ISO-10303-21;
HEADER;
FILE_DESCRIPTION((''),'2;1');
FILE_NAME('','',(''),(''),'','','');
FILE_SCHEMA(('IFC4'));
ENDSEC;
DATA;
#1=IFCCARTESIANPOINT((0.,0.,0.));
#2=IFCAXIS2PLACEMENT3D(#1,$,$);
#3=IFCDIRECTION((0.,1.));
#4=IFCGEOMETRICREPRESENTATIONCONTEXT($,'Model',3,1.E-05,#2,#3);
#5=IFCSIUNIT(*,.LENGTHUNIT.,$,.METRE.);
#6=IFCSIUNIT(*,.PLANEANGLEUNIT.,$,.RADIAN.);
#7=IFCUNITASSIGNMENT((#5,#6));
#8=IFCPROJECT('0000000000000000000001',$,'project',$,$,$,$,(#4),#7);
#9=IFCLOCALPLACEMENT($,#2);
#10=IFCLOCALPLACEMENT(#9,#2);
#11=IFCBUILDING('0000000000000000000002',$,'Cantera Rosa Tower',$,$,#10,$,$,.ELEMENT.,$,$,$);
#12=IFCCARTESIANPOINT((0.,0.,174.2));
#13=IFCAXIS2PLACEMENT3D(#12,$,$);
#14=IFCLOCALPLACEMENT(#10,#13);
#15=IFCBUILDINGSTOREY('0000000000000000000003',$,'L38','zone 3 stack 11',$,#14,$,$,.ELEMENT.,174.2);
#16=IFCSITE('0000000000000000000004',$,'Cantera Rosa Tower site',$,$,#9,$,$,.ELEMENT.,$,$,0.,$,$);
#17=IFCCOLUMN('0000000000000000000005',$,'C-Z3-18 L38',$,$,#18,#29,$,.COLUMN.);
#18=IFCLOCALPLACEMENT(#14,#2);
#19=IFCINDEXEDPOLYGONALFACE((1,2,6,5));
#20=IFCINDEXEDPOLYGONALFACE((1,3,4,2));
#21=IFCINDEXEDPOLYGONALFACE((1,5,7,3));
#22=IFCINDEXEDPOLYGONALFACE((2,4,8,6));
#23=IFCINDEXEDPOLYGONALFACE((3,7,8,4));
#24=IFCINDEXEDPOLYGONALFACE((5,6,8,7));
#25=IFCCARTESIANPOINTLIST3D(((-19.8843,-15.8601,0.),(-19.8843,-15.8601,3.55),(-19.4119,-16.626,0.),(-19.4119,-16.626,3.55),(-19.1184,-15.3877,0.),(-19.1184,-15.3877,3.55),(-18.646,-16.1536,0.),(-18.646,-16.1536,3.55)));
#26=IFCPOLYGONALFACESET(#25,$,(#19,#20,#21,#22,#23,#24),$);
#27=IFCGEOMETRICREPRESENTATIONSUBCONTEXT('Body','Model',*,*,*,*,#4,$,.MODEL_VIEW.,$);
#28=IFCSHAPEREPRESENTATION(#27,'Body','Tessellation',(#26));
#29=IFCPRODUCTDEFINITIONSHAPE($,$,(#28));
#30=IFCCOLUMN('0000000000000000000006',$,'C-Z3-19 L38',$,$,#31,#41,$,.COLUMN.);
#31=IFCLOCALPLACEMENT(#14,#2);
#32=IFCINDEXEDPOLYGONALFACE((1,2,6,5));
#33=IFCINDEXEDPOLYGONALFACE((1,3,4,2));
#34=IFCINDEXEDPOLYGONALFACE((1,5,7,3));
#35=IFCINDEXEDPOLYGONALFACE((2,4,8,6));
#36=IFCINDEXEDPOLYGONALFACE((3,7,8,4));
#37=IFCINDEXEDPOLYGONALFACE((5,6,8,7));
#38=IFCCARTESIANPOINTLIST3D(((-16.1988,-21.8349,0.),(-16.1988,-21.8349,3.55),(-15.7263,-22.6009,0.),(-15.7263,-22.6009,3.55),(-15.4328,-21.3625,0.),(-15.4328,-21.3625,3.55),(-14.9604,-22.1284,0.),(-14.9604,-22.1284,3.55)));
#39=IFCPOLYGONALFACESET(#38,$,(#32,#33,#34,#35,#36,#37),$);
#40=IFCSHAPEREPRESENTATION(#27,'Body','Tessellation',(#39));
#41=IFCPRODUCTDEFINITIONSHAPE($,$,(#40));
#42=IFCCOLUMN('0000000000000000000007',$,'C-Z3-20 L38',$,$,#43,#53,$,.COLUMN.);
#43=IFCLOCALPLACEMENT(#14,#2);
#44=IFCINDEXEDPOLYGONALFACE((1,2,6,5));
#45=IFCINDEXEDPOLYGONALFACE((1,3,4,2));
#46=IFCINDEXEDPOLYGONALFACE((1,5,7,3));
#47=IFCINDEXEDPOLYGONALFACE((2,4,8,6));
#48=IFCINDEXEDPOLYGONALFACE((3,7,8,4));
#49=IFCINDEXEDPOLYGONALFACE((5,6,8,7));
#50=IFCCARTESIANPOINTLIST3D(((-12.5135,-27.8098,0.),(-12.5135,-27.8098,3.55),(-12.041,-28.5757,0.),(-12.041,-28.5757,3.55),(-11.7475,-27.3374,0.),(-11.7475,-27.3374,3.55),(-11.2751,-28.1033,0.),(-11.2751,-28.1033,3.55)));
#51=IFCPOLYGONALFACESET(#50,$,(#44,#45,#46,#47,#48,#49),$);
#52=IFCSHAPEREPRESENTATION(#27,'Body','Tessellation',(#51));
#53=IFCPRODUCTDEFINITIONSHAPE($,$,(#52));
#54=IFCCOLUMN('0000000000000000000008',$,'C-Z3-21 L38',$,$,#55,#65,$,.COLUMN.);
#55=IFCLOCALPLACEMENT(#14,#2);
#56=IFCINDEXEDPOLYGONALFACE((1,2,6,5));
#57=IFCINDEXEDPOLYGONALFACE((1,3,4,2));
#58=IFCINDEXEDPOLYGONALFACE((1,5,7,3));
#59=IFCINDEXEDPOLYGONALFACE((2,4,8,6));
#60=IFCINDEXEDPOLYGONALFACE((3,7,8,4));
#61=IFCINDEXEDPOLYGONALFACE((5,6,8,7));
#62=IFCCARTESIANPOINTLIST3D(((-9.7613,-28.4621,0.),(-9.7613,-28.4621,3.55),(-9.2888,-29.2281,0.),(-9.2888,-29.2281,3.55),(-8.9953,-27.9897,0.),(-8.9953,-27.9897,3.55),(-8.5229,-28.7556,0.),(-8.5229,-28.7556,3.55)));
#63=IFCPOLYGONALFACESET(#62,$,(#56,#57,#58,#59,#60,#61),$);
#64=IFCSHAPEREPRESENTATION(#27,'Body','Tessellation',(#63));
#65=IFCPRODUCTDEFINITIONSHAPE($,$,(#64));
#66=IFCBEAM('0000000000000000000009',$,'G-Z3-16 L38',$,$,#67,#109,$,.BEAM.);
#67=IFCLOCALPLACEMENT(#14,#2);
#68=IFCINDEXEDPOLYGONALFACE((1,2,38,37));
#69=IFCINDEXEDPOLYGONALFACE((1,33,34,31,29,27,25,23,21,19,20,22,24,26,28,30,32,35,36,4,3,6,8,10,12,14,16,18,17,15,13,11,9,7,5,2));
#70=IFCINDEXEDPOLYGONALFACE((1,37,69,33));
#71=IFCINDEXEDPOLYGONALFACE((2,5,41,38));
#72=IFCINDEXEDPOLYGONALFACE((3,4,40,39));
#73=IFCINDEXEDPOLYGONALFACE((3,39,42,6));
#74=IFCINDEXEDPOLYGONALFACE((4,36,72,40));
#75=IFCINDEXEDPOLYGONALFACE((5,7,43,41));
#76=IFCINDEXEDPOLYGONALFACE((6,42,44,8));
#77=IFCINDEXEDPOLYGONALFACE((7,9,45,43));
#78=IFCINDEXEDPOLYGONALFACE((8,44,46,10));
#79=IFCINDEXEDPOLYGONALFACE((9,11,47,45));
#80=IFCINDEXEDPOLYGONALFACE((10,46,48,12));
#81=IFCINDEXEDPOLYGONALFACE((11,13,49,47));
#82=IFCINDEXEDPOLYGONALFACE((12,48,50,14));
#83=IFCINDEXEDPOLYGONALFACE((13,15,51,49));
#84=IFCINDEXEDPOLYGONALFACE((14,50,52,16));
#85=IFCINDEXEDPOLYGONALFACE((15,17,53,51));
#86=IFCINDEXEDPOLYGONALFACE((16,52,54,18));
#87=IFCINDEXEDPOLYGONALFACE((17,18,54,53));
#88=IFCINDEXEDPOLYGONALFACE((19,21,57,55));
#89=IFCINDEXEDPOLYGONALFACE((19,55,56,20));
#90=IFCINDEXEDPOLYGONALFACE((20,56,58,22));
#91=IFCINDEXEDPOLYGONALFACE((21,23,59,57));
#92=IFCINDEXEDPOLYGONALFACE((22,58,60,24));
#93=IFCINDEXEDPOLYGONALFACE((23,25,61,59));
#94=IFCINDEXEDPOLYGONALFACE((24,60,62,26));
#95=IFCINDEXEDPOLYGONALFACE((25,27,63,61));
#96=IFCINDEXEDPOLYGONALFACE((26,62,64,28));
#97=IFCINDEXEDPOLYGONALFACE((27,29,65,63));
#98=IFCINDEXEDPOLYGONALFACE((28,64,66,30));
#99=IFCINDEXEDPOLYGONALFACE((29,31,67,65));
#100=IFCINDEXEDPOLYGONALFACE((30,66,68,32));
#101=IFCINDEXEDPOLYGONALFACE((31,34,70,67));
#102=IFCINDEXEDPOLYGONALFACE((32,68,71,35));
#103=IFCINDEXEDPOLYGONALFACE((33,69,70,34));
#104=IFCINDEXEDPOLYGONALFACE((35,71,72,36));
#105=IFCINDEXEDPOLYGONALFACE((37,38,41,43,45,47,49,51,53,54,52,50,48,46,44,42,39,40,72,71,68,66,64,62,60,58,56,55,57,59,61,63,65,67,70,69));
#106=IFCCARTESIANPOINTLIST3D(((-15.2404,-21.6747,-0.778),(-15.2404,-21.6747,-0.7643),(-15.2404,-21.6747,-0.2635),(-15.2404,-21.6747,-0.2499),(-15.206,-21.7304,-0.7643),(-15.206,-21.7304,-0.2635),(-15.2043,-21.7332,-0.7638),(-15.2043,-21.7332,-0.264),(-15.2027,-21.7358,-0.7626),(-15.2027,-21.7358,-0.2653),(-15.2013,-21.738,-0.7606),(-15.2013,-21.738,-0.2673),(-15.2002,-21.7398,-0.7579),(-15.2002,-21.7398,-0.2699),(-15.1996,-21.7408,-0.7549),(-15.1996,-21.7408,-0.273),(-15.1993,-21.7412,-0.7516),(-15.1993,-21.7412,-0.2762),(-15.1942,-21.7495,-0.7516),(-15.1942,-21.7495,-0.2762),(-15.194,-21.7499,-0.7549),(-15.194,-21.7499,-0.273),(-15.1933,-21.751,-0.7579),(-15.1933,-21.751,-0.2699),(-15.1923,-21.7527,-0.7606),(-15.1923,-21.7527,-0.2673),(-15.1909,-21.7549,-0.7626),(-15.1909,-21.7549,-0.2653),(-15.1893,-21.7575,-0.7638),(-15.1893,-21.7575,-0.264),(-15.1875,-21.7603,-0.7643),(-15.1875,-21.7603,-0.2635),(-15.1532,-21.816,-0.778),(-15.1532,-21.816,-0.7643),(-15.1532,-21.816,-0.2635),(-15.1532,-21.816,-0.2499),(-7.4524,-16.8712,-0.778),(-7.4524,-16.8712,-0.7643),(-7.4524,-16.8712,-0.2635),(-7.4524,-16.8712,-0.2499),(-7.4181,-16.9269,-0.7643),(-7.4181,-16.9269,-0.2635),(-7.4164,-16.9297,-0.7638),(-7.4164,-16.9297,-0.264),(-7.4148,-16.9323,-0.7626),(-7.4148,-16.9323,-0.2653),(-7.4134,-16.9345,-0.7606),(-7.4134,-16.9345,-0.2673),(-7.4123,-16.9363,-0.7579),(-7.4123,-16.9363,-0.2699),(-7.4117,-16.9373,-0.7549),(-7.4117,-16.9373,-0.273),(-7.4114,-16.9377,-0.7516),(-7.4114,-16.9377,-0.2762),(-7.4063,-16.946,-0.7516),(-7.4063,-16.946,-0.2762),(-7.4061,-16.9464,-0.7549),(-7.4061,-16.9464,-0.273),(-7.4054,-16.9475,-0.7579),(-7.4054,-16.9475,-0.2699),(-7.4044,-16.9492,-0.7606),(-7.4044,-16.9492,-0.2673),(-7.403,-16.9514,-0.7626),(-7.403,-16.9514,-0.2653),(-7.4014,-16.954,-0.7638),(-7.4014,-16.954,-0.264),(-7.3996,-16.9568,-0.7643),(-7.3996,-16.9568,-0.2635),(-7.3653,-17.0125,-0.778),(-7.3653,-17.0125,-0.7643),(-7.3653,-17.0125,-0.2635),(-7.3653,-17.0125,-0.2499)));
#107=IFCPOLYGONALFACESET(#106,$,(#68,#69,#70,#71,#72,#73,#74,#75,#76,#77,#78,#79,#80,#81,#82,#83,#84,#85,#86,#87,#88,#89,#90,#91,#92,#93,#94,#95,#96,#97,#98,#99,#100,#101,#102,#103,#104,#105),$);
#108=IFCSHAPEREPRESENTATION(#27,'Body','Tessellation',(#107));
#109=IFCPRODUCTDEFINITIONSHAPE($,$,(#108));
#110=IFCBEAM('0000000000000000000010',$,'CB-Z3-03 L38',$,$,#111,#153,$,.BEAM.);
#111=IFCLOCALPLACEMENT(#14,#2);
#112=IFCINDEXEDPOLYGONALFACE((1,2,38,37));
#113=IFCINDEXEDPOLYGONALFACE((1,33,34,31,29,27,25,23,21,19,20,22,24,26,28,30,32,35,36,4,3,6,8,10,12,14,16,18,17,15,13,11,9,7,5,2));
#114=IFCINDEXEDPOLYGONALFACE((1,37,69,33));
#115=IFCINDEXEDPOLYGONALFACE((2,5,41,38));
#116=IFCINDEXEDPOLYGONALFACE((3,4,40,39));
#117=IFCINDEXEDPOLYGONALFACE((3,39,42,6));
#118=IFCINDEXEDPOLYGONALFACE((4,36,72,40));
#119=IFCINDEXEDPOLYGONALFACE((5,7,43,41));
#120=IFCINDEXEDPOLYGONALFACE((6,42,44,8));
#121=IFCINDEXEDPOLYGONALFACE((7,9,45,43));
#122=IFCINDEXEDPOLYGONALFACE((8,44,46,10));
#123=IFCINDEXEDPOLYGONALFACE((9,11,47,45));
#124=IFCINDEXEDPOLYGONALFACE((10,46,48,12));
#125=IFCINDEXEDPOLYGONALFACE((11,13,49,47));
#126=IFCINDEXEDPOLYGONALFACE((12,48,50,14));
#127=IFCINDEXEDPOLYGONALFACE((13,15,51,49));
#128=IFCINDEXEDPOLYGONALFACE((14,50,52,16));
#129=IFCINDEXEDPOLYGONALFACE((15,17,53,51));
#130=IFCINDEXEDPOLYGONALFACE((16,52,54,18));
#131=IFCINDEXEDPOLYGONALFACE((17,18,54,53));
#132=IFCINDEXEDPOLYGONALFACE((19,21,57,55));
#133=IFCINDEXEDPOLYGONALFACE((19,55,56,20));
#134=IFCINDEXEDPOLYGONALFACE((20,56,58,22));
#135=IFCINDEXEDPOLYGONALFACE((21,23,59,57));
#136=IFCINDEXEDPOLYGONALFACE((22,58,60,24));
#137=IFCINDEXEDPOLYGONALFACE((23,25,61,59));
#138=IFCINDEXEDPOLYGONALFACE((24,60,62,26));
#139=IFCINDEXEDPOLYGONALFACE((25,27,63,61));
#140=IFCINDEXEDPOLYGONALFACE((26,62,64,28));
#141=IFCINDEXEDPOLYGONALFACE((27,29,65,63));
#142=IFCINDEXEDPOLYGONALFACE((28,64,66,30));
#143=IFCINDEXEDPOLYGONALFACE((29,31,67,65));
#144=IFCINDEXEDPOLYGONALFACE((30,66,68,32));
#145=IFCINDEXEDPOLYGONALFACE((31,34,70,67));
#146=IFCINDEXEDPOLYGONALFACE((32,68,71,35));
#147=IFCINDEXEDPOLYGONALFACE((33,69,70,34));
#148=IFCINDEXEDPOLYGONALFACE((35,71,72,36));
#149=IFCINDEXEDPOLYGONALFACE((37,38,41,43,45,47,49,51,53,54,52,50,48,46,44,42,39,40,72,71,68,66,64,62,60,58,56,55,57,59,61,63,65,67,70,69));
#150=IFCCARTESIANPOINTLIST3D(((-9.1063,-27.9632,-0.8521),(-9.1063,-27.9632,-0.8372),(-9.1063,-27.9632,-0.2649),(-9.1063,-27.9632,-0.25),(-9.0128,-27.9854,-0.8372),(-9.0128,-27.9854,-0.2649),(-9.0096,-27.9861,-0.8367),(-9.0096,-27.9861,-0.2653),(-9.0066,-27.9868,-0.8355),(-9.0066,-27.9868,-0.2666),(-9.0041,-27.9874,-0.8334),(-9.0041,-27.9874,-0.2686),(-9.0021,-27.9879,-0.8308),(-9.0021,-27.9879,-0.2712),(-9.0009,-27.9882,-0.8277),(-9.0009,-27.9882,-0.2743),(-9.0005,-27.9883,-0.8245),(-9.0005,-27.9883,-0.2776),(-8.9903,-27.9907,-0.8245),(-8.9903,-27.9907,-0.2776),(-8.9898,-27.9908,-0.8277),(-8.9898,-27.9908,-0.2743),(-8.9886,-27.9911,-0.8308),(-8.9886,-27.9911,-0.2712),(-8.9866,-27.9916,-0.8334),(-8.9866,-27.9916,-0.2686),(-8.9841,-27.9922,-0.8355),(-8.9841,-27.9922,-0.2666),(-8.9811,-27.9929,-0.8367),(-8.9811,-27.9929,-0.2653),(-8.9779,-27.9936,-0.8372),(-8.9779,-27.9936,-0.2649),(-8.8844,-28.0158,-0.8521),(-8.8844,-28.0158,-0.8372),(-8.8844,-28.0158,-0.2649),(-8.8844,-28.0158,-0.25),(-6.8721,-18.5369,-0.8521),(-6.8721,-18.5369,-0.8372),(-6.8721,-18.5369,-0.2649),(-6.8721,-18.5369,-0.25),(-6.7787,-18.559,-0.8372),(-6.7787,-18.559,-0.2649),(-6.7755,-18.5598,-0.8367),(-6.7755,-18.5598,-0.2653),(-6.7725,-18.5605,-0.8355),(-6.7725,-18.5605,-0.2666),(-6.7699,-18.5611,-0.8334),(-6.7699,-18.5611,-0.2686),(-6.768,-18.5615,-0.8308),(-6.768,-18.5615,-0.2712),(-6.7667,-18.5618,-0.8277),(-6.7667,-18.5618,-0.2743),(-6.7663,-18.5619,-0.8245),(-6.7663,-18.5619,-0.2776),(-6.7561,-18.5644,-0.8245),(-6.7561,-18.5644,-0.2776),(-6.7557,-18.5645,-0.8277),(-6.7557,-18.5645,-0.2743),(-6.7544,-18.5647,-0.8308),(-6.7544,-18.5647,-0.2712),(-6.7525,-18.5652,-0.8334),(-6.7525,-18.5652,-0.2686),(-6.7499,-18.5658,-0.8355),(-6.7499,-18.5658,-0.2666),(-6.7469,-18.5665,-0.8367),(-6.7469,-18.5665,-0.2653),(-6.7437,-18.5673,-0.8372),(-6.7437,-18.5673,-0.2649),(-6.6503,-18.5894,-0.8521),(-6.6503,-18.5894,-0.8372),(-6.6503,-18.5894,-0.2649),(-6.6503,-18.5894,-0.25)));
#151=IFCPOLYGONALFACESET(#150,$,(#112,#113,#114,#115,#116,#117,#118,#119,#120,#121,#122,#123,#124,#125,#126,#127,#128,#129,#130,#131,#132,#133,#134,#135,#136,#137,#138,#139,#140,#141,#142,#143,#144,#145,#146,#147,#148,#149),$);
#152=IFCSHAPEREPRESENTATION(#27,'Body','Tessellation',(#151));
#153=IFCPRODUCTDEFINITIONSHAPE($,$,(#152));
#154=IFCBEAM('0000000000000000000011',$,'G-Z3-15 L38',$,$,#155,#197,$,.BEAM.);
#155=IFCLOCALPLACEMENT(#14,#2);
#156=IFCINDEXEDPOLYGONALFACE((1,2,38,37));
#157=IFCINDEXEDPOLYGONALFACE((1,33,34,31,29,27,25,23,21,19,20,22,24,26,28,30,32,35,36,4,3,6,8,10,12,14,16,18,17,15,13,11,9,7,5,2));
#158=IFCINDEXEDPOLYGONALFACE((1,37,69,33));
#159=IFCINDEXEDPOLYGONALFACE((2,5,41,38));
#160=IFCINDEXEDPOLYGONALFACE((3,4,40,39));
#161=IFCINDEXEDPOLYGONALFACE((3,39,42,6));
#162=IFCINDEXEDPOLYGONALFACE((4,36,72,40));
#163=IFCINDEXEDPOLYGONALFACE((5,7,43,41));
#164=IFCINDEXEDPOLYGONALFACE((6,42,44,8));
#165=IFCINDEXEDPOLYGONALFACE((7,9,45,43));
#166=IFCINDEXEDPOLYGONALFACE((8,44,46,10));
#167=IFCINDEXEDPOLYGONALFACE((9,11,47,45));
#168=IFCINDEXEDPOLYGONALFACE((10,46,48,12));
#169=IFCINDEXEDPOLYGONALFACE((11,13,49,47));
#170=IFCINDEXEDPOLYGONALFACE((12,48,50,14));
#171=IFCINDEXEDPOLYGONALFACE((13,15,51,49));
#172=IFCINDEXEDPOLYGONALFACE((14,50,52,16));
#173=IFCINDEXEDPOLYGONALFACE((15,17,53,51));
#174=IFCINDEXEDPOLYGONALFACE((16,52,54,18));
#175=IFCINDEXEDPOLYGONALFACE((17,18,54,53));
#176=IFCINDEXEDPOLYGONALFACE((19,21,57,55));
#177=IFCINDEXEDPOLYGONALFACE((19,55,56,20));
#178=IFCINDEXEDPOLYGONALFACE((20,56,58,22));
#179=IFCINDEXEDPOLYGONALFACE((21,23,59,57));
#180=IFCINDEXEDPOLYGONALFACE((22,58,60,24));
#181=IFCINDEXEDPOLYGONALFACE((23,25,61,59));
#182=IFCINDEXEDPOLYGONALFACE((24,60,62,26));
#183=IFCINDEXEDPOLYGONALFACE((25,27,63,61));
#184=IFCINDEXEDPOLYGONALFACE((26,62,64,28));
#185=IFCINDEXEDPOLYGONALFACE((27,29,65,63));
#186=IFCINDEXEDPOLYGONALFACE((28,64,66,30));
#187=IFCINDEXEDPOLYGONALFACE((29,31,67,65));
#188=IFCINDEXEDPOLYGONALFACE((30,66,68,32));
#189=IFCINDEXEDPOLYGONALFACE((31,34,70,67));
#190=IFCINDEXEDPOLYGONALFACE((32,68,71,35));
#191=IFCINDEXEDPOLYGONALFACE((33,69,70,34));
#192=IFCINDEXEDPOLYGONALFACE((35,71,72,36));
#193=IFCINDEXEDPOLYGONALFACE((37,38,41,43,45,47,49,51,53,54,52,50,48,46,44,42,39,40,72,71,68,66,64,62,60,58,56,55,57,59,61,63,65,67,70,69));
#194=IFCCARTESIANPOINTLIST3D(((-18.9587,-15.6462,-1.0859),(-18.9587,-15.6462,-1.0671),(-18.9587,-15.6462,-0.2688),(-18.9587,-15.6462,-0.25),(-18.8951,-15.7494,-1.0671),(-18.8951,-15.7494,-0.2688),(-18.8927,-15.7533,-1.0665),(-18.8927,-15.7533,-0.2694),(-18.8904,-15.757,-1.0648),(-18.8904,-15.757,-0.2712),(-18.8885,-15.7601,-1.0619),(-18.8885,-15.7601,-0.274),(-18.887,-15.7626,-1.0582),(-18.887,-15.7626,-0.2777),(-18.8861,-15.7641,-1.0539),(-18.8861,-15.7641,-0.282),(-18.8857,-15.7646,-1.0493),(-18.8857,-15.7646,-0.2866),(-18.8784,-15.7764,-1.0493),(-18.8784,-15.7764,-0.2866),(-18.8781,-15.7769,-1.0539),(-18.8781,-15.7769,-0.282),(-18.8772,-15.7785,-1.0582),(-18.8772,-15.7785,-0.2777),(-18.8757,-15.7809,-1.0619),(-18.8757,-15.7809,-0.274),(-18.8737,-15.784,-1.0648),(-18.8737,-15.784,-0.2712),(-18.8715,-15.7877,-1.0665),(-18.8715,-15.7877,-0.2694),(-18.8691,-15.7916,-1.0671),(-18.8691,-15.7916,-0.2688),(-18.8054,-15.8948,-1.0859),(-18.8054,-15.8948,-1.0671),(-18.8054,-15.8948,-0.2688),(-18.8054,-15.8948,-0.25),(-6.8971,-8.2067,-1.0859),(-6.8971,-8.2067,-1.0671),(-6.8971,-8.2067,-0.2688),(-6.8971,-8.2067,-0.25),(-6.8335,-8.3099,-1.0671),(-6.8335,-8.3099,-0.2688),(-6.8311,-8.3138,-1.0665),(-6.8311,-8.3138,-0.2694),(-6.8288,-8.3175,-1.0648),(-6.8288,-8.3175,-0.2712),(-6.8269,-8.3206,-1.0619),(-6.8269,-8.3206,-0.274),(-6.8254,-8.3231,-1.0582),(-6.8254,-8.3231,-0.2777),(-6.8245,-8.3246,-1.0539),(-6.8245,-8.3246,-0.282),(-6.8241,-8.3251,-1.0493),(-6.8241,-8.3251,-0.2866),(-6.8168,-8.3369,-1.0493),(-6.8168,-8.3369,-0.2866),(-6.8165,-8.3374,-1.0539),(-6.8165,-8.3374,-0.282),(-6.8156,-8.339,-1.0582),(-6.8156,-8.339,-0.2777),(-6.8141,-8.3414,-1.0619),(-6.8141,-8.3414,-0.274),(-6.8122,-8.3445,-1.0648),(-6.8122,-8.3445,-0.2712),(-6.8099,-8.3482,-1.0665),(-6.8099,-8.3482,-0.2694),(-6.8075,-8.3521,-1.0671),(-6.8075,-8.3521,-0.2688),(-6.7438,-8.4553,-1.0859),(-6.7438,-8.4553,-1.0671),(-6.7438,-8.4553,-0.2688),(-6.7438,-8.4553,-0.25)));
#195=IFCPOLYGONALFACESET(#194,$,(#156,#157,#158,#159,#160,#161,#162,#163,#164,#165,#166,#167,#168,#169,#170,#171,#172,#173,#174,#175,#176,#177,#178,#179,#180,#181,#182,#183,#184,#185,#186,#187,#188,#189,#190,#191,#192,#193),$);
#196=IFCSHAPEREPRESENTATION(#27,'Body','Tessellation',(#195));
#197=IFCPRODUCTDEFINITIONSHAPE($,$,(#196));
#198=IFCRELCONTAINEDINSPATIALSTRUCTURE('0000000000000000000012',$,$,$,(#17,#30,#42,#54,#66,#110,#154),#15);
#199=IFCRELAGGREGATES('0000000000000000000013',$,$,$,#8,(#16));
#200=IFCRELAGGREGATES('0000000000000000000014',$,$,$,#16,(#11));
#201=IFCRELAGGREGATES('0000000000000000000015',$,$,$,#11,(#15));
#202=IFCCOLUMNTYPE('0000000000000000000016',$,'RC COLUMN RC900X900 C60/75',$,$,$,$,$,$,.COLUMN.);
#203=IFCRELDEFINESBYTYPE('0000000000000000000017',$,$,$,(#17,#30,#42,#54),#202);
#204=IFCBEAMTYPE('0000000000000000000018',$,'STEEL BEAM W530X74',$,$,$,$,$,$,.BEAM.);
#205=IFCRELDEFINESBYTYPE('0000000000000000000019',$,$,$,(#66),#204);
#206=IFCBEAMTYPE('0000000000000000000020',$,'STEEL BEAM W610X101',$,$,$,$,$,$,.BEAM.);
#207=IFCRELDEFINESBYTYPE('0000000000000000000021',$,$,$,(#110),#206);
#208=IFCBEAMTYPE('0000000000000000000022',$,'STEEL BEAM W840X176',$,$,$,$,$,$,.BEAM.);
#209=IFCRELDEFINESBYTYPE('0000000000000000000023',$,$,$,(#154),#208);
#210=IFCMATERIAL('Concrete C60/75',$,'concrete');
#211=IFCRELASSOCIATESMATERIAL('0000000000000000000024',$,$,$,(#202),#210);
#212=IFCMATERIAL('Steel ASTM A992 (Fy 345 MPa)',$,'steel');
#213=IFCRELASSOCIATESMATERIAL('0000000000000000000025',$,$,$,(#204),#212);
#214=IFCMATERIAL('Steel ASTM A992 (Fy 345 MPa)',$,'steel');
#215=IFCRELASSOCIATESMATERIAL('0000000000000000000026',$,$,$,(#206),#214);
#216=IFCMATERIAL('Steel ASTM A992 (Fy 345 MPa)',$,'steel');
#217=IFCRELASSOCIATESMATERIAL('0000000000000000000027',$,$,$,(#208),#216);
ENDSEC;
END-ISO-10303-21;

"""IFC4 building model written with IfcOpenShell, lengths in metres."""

from ifc_helpers import new_model, si_unit, direction, frame, origin, origin_2d, place, context, subcontext, project, spatial, rectangle, i_section, extrude, material, material_profile, profile_set, type_object, element, save


model = new_model("IFC4")

# Units and contexts
model_context = context("Model", 3, precision=1e-05, world=origin(), true_north=direction((0.0, 1.0)))
body_context = subcontext(model_context, "Body", "Model", "MODEL_VIEW")
ifc_project = project(units=[si_unit("LENGTHUNIT", "METRE"), si_unit("PLANEANGLEUNIT", "RADIAN")], contexts=[model_context])

# Site, building, storey
site_placement = place(None, origin())
site = spatial("IfcSite", under=ifc_project, at=site_placement, Name="Cantera Rosa Tower site", CompositionType="ELEMENT", RefElevation=0.0)
building_placement = place(site_placement, origin())
building = spatial("IfcBuilding", under=site, at=building_placement, Name="Cantera Rosa Tower", CompositionType="ELEMENT")
storey_placement = place(building_placement, frame((0.0, 0.0, 174.2)))
storey = spatial("IfcBuildingStorey", under=building, at=storey_placement, Name="L38", Description="zone 3 stack 11", CompositionType="ELEMENT", Elevation=174.2)

# Columns
ifc_material_1 = material(Name="Concrete C60/75", Category="concrete")
ifc_material_profile_1 = material_profile(ifc_material_1, rectangle(XDim=0.8999, YDim=0.8999, at=origin_2d()), Name="RC COLUMN RC900X900 C60/75")
ifc_profile_set_1 = profile_set([ifc_material_profile_1], Name="Concrete C60/75")
column_type = type_object("IfcColumnType", Name="RC COLUMN RC900X900 C60/75", PredefinedType="COLUMN", material=ifc_profile_set_1)
for number, where, z_axis, x_axis, name in (
    (1, (-19.2651, -16.0068, 0.0), (0.0, 0.0, 1.0), (0.851117, 0.524977, 0.0), "C-Z3-18 L38"),
    (2, (-15.5796, -21.9817, 0.0), (0.0, 0.0, 1.0), (0.851117, 0.524977, 0.0), "C-Z3-19 L38"),
    (3, (-11.8943, -27.9565, 0.0), (0.0, 0.0, 1.0), (0.851117, 0.524977, 0.0), "C-Z3-20 L38"),
    (4, (-9.1421, -28.6089, 0.0), (0.0, 0.0, 1.0), (0.851117, 0.524977, 0.0), "C-Z3-21 L38"),
):
    element("IfcColumn", number, at=place(storey_placement, frame(where, z_axis=z_axis, x_axis=x_axis)), inside=storey, type_object=column_type, Name=name, PredefinedType="COLUMN", context=body_context, shape_type="SweptSolid", body=[
        extrude(rectangle(XDim=0.8999, YDim=0.8999, at=origin_2d()), origin(), (0.0, 0.0, 1.0), 3.55),
    ])

# Beams
ifc_material_2 = material(Name="Steel ASTM A992 (Fy 345 MPa)", Category="steel")
ifc_material_profile_2 = material_profile(ifc_material_2, i_section(OverallWidth=0.166, OverallDepth=0.5281, WebThickness=0.0098, FlangeThickness=0.0137, FilletRadius=0.0127, at=origin_2d()), Name="W530X74")
ifc_profile_set_2 = profile_set([ifc_material_profile_2], Name="Steel ASTM A992 (Fy 345 MPa)")
beam_type_1 = type_object("IfcBeamType", Name="STEEL BEAM W530X74", PredefinedType="BEAM", material=ifc_profile_set_2)
beam_1_placement = place(storey_placement, frame((-15.1968, -21.7454, -0.5139), z_axis=(0.851124, 0.524965, 0.0), x_axis=(-0.524965, 0.851124, 0.0)))
element("IfcBeam", 5, at=beam_1_placement, inside=storey, type_object=beam_type_1, Name="G-Z3-16 L38", PredefinedType="BEAM", context=body_context, shape_type="SweptSolid", body=[
    extrude(i_section(OverallWidth=0.166, OverallDepth=0.5281, WebThickness=0.0098, FlangeThickness=0.0137, FilletRadius=0.0127, at=origin_2d()), origin(), (0.0, 0.0, 1.0), 9.1501),
])
ifc_material_3 = material(Name="Steel ASTM A992 (Fy 345 MPa)", Category="steel")
ifc_material_profile_3 = material_profile(ifc_material_3, i_section(OverallWidth=0.228, OverallDepth=0.6021, WebThickness=0.0105, FlangeThickness=0.0149, FilletRadius=0.0127, at=origin_2d()), Name="W610X101")
ifc_profile_set_3 = profile_set([ifc_material_profile_3], Name="Steel ASTM A992 (Fy 345 MPa)")
beam_type_2 = type_object("IfcBeamType", Name="STEEL BEAM W610X101", PredefinedType="BEAM", material=ifc_profile_set_3)
beam_2_placement = place(storey_placement, frame((-8.9954, -27.9895, -0.551), z_axis=(0.230622, 0.973043, 0.0), x_axis=(-0.973043, 0.230622, 0.0)))
element("IfcBeam", 6, at=beam_2_placement, inside=storey, type_object=beam_type_2, Name="CB-Z3-03 L38", PredefinedType="BEAM", context=body_context, shape_type="SweptSolid", body=[
    extrude(i_section(OverallWidth=0.228, OverallDepth=0.6021, WebThickness=0.0105, FlangeThickness=0.0149, FilletRadius=0.0127, at=origin_2d()), origin(), (0.0, 0.0, 1.0), 9.6875),
])
ifc_material_4 = material(Name="Steel ASTM A992 (Fy 345 MPa)", Category="steel")
ifc_material_profile_4 = material_profile(ifc_material_4, i_section(OverallWidth=0.292, OverallDepth=0.8359, WebThickness=0.0139, FlangeThickness=0.0188, FilletRadius=0.0178, at=origin_2d()), Name="W840X176")
ifc_profile_set_4 = profile_set([ifc_material_profile_4], Name="Steel ASTM A992 (Fy 345 MPa)")
beam_type_3 = type_object("IfcBeamType", Name="STEEL BEAM W840X176", PredefinedType="BEAM", material=ifc_profile_set_4)
beam_3_placement = place(storey_placement, frame((-18.8821, -15.7705, -0.668), z_axis=(0.851123, 0.524966, 0.0), x_axis=(-0.524966, 0.851123, 0.0)))
element("IfcBeam", 7, at=beam_3_placement, inside=storey, type_object=beam_type_3, Name="G-Z3-15 L38", PredefinedType="BEAM", context=body_context, shape_type="SweptSolid", body=[
    extrude(i_section(OverallWidth=0.292, OverallDepth=0.8359, WebThickness=0.0139, FlangeThickness=0.0188, FilletRadius=0.0178, at=origin_2d()), origin(), (0.0, 0.0, 1.0), 14.1714),
])

save(model, "model.ifc")
